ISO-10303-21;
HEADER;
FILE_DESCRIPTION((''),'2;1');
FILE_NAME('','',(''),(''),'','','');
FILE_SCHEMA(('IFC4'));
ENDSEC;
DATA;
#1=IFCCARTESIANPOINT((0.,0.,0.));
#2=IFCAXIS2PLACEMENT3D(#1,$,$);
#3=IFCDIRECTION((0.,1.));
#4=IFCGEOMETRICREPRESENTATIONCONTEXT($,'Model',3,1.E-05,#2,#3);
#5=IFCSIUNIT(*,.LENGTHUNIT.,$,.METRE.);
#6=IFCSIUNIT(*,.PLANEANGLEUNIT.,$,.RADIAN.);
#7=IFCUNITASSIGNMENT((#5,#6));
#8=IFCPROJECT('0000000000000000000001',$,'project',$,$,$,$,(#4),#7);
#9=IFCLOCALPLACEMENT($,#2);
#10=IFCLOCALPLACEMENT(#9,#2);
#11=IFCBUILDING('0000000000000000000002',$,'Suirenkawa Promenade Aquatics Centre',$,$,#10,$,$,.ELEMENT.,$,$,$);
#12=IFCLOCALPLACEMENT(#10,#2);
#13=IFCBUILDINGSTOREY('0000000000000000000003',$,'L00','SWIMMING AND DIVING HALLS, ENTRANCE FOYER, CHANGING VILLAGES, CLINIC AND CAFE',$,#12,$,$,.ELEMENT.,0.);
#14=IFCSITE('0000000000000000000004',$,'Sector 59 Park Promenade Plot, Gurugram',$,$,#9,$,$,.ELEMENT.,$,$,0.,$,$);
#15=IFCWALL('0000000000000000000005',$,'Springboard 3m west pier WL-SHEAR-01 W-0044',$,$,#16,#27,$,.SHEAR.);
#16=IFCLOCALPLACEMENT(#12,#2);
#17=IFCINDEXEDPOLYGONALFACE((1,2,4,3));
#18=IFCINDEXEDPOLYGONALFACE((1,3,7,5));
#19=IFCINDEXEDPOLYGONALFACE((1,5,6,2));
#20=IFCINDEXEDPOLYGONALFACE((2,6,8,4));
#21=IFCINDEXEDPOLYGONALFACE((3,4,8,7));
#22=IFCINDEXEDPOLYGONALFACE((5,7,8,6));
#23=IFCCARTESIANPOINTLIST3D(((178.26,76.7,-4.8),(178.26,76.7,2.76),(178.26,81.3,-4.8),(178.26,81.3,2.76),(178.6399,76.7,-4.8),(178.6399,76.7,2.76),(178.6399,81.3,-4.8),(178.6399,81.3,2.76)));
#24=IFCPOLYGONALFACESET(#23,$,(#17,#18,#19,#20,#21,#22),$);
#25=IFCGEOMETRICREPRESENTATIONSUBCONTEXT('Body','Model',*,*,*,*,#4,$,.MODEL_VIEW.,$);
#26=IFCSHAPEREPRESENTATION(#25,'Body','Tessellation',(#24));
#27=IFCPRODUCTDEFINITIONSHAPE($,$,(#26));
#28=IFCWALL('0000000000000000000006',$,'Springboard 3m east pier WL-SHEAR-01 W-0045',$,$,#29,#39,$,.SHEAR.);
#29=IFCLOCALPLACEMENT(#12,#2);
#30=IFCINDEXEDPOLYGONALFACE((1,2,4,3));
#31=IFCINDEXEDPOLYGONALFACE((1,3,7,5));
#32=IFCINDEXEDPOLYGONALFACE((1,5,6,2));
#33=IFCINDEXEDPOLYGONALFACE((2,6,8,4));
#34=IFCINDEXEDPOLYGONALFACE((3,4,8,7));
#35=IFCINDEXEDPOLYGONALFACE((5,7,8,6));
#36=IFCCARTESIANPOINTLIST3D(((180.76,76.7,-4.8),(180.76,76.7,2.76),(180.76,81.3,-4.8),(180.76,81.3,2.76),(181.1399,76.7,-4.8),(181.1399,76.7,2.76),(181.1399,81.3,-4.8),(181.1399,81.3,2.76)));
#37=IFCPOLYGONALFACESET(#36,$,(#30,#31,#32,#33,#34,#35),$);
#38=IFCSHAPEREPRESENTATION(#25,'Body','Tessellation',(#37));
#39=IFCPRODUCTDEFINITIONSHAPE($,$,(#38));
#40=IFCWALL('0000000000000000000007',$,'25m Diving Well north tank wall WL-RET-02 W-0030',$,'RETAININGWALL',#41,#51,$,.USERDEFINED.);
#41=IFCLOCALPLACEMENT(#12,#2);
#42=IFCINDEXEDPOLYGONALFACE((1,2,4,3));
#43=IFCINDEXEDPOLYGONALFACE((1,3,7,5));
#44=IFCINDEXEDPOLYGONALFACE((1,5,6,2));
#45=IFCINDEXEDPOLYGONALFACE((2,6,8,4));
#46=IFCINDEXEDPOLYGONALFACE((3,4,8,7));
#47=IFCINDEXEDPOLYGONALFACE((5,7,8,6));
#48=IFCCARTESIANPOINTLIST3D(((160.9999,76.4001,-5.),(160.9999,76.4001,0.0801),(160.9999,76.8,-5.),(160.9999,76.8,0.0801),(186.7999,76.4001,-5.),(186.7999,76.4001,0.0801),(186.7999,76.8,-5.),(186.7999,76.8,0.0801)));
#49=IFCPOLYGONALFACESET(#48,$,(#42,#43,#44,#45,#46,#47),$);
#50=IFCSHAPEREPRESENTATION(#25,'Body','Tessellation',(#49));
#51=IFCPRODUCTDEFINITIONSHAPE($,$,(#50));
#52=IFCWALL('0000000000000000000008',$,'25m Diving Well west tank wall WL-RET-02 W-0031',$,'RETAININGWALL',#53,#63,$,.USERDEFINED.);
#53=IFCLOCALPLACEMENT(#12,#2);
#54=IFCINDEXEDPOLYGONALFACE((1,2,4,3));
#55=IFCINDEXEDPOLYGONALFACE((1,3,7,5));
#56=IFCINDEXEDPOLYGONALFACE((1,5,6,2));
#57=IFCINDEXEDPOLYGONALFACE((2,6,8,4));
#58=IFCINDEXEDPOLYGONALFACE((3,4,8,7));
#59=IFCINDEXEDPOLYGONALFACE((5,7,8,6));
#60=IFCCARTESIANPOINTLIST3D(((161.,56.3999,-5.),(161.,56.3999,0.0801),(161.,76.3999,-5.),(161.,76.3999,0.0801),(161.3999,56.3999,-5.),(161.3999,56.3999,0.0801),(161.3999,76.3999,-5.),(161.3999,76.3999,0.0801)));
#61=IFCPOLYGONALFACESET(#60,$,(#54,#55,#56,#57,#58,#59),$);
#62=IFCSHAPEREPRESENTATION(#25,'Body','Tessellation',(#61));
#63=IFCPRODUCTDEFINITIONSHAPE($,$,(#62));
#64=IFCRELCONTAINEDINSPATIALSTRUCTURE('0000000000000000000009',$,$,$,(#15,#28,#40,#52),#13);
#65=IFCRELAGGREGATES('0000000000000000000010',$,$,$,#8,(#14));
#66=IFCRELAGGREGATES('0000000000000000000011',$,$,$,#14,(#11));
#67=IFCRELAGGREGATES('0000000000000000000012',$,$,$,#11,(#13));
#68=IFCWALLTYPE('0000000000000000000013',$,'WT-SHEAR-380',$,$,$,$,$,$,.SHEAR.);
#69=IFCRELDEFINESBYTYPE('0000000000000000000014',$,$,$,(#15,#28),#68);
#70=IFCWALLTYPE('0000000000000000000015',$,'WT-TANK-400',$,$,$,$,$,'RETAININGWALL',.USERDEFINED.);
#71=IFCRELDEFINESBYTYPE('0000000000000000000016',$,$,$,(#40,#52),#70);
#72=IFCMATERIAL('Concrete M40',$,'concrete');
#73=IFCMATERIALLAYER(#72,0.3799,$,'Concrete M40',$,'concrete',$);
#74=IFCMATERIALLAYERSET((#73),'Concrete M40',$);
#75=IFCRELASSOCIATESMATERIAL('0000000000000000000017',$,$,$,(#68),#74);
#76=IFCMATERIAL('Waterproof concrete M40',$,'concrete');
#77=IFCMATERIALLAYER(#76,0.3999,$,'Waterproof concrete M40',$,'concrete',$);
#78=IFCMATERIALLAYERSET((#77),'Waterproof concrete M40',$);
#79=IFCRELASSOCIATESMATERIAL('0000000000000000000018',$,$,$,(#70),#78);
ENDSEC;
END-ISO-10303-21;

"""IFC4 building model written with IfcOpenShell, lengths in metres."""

from ifc_helpers import new_model, si_unit, direction, frame, frame_2d, origin, place, context, subcontext, project, spatial, rectangle, extrude, material, layer, layer_set, type_object, element, save


model = new_model("IFC4")

# Units and contexts
model_context = context("Model", 3, precision=1e-05, world=origin(), true_north=direction((0.0, 1.0)))
body_context = subcontext(model_context, "Body", "Model", "MODEL_VIEW")
ifc_project = project(units=[si_unit("LENGTHUNIT", "METRE"), si_unit("PLANEANGLEUNIT", "RADIAN")], contexts=[model_context])

# Site, building, storey
site_placement = place(None, origin())
site = spatial("IfcSite", under=ifc_project, at=site_placement, Name="Sector 59 Park Promenade Plot, Gurugram", CompositionType="ELEMENT", RefElevation=0.0)
building_placement = place(site_placement, origin())
building = spatial("IfcBuilding", under=site, at=building_placement, Name="Suirenkawa Promenade Aquatics Centre", CompositionType="ELEMENT")
storey_placement = place(building_placement, origin())
storey = spatial("IfcBuildingStorey", under=building, at=storey_placement, Name="L00", Description="SWIMMING AND DIVING HALLS, ENTRANCE FOYER, CHANGING VILLAGES, CLINIC AND CAFE", CompositionType="ELEMENT", Elevation=0.0)

# Shared definitions
ifc_material_1 = material(Name="Concrete M40", Category="concrete")

# Walls
ifc_layer_1 = layer(ifc_material_1, 0.3799, Name="Concrete M40", Category="concrete")
ifc_layer_set_1 = layer_set([ifc_layer_1], Name="Concrete M40")
wall_type_1 = type_object("IfcWallType", Name="WT-SHEAR-380", PredefinedType="SHEAR", material=ifc_layer_set_1)
for number, where, z_axis, x_axis, name in (
    (1, (178.45, 76.7, -4.8), (0.0, 0.0, 1.0), (0.0, 1.0, 0.0), "Springboard 3m west pier WL-SHEAR-01 W-0044"),
    (2, (180.95, 76.7, -4.8), (0.0, 0.0, 1.0), (0.0, 1.0, 0.0), "Springboard 3m east pier WL-SHEAR-01 W-0045"),
):
    element("IfcWall", number, at=place(storey_placement, frame(where, z_axis=z_axis, x_axis=x_axis)), inside=storey, type_object=wall_type_1, Name=name, PredefinedType="SHEAR", context=body_context, shape_type="SweptSolid", body=[
        extrude(rectangle(XDim=4.6001, YDim=0.3799, at=frame_2d((2.3, 0.0))), origin(), (0.0, 0.0, 1.0), 7.5601),
    ])
ifc_material_2 = material(Name="Waterproof concrete M40", Category="concrete")
ifc_layer_2 = layer(ifc_material_2, 0.3999, Name="Waterproof concrete M40", Category="concrete")
ifc_layer_set_2 = layer_set([ifc_layer_2], Name="Waterproof concrete M40")
wall_type_2 = type_object("IfcWallType", Name="WT-TANK-400", ElementType="RETAININGWALL", PredefinedType="USERDEFINED", material=ifc_layer_set_2)
wall_1_placement = place(storey_placement, frame((161.0, 76.6001, -5.0), z_axis=(0.0, 0.0, 1.0), x_axis=(1.0, 0.0, 0.0)))
element("IfcWall", 3, at=wall_1_placement, inside=storey, type_object=wall_type_2, Name="25m Diving Well north tank wall WL-RET-02 W-0030", ObjectType="RETAININGWALL", PredefinedType="USERDEFINED", context=body_context, shape_type="SweptSolid", body=[
    extrude(rectangle(XDim=25.8, YDim=0.3999, at=frame_2d((12.8999, 0.0))), origin(), (0.0, 0.0, 1.0), 5.0801),
])
wall_2_placement = place(storey_placement, frame((161.2, 56.3999, -5.0), z_axis=(0.0, 0.0, 1.0), x_axis=(0.0, 1.0, 0.0)))
element("IfcWall", 4, at=wall_2_placement, inside=storey, type_object=wall_type_2, Name="25m Diving Well west tank wall WL-RET-02 W-0031", ObjectType="RETAININGWALL", PredefinedType="USERDEFINED", context=body_context, shape_type="SweptSolid", body=[
    extrude(rectangle(XDim=20.0, YDim=0.3999, at=frame_2d((10.0, 0.0))), origin(), (0.0, 0.0, 1.0), 5.0801),
])

save(model, "model.ifc")
